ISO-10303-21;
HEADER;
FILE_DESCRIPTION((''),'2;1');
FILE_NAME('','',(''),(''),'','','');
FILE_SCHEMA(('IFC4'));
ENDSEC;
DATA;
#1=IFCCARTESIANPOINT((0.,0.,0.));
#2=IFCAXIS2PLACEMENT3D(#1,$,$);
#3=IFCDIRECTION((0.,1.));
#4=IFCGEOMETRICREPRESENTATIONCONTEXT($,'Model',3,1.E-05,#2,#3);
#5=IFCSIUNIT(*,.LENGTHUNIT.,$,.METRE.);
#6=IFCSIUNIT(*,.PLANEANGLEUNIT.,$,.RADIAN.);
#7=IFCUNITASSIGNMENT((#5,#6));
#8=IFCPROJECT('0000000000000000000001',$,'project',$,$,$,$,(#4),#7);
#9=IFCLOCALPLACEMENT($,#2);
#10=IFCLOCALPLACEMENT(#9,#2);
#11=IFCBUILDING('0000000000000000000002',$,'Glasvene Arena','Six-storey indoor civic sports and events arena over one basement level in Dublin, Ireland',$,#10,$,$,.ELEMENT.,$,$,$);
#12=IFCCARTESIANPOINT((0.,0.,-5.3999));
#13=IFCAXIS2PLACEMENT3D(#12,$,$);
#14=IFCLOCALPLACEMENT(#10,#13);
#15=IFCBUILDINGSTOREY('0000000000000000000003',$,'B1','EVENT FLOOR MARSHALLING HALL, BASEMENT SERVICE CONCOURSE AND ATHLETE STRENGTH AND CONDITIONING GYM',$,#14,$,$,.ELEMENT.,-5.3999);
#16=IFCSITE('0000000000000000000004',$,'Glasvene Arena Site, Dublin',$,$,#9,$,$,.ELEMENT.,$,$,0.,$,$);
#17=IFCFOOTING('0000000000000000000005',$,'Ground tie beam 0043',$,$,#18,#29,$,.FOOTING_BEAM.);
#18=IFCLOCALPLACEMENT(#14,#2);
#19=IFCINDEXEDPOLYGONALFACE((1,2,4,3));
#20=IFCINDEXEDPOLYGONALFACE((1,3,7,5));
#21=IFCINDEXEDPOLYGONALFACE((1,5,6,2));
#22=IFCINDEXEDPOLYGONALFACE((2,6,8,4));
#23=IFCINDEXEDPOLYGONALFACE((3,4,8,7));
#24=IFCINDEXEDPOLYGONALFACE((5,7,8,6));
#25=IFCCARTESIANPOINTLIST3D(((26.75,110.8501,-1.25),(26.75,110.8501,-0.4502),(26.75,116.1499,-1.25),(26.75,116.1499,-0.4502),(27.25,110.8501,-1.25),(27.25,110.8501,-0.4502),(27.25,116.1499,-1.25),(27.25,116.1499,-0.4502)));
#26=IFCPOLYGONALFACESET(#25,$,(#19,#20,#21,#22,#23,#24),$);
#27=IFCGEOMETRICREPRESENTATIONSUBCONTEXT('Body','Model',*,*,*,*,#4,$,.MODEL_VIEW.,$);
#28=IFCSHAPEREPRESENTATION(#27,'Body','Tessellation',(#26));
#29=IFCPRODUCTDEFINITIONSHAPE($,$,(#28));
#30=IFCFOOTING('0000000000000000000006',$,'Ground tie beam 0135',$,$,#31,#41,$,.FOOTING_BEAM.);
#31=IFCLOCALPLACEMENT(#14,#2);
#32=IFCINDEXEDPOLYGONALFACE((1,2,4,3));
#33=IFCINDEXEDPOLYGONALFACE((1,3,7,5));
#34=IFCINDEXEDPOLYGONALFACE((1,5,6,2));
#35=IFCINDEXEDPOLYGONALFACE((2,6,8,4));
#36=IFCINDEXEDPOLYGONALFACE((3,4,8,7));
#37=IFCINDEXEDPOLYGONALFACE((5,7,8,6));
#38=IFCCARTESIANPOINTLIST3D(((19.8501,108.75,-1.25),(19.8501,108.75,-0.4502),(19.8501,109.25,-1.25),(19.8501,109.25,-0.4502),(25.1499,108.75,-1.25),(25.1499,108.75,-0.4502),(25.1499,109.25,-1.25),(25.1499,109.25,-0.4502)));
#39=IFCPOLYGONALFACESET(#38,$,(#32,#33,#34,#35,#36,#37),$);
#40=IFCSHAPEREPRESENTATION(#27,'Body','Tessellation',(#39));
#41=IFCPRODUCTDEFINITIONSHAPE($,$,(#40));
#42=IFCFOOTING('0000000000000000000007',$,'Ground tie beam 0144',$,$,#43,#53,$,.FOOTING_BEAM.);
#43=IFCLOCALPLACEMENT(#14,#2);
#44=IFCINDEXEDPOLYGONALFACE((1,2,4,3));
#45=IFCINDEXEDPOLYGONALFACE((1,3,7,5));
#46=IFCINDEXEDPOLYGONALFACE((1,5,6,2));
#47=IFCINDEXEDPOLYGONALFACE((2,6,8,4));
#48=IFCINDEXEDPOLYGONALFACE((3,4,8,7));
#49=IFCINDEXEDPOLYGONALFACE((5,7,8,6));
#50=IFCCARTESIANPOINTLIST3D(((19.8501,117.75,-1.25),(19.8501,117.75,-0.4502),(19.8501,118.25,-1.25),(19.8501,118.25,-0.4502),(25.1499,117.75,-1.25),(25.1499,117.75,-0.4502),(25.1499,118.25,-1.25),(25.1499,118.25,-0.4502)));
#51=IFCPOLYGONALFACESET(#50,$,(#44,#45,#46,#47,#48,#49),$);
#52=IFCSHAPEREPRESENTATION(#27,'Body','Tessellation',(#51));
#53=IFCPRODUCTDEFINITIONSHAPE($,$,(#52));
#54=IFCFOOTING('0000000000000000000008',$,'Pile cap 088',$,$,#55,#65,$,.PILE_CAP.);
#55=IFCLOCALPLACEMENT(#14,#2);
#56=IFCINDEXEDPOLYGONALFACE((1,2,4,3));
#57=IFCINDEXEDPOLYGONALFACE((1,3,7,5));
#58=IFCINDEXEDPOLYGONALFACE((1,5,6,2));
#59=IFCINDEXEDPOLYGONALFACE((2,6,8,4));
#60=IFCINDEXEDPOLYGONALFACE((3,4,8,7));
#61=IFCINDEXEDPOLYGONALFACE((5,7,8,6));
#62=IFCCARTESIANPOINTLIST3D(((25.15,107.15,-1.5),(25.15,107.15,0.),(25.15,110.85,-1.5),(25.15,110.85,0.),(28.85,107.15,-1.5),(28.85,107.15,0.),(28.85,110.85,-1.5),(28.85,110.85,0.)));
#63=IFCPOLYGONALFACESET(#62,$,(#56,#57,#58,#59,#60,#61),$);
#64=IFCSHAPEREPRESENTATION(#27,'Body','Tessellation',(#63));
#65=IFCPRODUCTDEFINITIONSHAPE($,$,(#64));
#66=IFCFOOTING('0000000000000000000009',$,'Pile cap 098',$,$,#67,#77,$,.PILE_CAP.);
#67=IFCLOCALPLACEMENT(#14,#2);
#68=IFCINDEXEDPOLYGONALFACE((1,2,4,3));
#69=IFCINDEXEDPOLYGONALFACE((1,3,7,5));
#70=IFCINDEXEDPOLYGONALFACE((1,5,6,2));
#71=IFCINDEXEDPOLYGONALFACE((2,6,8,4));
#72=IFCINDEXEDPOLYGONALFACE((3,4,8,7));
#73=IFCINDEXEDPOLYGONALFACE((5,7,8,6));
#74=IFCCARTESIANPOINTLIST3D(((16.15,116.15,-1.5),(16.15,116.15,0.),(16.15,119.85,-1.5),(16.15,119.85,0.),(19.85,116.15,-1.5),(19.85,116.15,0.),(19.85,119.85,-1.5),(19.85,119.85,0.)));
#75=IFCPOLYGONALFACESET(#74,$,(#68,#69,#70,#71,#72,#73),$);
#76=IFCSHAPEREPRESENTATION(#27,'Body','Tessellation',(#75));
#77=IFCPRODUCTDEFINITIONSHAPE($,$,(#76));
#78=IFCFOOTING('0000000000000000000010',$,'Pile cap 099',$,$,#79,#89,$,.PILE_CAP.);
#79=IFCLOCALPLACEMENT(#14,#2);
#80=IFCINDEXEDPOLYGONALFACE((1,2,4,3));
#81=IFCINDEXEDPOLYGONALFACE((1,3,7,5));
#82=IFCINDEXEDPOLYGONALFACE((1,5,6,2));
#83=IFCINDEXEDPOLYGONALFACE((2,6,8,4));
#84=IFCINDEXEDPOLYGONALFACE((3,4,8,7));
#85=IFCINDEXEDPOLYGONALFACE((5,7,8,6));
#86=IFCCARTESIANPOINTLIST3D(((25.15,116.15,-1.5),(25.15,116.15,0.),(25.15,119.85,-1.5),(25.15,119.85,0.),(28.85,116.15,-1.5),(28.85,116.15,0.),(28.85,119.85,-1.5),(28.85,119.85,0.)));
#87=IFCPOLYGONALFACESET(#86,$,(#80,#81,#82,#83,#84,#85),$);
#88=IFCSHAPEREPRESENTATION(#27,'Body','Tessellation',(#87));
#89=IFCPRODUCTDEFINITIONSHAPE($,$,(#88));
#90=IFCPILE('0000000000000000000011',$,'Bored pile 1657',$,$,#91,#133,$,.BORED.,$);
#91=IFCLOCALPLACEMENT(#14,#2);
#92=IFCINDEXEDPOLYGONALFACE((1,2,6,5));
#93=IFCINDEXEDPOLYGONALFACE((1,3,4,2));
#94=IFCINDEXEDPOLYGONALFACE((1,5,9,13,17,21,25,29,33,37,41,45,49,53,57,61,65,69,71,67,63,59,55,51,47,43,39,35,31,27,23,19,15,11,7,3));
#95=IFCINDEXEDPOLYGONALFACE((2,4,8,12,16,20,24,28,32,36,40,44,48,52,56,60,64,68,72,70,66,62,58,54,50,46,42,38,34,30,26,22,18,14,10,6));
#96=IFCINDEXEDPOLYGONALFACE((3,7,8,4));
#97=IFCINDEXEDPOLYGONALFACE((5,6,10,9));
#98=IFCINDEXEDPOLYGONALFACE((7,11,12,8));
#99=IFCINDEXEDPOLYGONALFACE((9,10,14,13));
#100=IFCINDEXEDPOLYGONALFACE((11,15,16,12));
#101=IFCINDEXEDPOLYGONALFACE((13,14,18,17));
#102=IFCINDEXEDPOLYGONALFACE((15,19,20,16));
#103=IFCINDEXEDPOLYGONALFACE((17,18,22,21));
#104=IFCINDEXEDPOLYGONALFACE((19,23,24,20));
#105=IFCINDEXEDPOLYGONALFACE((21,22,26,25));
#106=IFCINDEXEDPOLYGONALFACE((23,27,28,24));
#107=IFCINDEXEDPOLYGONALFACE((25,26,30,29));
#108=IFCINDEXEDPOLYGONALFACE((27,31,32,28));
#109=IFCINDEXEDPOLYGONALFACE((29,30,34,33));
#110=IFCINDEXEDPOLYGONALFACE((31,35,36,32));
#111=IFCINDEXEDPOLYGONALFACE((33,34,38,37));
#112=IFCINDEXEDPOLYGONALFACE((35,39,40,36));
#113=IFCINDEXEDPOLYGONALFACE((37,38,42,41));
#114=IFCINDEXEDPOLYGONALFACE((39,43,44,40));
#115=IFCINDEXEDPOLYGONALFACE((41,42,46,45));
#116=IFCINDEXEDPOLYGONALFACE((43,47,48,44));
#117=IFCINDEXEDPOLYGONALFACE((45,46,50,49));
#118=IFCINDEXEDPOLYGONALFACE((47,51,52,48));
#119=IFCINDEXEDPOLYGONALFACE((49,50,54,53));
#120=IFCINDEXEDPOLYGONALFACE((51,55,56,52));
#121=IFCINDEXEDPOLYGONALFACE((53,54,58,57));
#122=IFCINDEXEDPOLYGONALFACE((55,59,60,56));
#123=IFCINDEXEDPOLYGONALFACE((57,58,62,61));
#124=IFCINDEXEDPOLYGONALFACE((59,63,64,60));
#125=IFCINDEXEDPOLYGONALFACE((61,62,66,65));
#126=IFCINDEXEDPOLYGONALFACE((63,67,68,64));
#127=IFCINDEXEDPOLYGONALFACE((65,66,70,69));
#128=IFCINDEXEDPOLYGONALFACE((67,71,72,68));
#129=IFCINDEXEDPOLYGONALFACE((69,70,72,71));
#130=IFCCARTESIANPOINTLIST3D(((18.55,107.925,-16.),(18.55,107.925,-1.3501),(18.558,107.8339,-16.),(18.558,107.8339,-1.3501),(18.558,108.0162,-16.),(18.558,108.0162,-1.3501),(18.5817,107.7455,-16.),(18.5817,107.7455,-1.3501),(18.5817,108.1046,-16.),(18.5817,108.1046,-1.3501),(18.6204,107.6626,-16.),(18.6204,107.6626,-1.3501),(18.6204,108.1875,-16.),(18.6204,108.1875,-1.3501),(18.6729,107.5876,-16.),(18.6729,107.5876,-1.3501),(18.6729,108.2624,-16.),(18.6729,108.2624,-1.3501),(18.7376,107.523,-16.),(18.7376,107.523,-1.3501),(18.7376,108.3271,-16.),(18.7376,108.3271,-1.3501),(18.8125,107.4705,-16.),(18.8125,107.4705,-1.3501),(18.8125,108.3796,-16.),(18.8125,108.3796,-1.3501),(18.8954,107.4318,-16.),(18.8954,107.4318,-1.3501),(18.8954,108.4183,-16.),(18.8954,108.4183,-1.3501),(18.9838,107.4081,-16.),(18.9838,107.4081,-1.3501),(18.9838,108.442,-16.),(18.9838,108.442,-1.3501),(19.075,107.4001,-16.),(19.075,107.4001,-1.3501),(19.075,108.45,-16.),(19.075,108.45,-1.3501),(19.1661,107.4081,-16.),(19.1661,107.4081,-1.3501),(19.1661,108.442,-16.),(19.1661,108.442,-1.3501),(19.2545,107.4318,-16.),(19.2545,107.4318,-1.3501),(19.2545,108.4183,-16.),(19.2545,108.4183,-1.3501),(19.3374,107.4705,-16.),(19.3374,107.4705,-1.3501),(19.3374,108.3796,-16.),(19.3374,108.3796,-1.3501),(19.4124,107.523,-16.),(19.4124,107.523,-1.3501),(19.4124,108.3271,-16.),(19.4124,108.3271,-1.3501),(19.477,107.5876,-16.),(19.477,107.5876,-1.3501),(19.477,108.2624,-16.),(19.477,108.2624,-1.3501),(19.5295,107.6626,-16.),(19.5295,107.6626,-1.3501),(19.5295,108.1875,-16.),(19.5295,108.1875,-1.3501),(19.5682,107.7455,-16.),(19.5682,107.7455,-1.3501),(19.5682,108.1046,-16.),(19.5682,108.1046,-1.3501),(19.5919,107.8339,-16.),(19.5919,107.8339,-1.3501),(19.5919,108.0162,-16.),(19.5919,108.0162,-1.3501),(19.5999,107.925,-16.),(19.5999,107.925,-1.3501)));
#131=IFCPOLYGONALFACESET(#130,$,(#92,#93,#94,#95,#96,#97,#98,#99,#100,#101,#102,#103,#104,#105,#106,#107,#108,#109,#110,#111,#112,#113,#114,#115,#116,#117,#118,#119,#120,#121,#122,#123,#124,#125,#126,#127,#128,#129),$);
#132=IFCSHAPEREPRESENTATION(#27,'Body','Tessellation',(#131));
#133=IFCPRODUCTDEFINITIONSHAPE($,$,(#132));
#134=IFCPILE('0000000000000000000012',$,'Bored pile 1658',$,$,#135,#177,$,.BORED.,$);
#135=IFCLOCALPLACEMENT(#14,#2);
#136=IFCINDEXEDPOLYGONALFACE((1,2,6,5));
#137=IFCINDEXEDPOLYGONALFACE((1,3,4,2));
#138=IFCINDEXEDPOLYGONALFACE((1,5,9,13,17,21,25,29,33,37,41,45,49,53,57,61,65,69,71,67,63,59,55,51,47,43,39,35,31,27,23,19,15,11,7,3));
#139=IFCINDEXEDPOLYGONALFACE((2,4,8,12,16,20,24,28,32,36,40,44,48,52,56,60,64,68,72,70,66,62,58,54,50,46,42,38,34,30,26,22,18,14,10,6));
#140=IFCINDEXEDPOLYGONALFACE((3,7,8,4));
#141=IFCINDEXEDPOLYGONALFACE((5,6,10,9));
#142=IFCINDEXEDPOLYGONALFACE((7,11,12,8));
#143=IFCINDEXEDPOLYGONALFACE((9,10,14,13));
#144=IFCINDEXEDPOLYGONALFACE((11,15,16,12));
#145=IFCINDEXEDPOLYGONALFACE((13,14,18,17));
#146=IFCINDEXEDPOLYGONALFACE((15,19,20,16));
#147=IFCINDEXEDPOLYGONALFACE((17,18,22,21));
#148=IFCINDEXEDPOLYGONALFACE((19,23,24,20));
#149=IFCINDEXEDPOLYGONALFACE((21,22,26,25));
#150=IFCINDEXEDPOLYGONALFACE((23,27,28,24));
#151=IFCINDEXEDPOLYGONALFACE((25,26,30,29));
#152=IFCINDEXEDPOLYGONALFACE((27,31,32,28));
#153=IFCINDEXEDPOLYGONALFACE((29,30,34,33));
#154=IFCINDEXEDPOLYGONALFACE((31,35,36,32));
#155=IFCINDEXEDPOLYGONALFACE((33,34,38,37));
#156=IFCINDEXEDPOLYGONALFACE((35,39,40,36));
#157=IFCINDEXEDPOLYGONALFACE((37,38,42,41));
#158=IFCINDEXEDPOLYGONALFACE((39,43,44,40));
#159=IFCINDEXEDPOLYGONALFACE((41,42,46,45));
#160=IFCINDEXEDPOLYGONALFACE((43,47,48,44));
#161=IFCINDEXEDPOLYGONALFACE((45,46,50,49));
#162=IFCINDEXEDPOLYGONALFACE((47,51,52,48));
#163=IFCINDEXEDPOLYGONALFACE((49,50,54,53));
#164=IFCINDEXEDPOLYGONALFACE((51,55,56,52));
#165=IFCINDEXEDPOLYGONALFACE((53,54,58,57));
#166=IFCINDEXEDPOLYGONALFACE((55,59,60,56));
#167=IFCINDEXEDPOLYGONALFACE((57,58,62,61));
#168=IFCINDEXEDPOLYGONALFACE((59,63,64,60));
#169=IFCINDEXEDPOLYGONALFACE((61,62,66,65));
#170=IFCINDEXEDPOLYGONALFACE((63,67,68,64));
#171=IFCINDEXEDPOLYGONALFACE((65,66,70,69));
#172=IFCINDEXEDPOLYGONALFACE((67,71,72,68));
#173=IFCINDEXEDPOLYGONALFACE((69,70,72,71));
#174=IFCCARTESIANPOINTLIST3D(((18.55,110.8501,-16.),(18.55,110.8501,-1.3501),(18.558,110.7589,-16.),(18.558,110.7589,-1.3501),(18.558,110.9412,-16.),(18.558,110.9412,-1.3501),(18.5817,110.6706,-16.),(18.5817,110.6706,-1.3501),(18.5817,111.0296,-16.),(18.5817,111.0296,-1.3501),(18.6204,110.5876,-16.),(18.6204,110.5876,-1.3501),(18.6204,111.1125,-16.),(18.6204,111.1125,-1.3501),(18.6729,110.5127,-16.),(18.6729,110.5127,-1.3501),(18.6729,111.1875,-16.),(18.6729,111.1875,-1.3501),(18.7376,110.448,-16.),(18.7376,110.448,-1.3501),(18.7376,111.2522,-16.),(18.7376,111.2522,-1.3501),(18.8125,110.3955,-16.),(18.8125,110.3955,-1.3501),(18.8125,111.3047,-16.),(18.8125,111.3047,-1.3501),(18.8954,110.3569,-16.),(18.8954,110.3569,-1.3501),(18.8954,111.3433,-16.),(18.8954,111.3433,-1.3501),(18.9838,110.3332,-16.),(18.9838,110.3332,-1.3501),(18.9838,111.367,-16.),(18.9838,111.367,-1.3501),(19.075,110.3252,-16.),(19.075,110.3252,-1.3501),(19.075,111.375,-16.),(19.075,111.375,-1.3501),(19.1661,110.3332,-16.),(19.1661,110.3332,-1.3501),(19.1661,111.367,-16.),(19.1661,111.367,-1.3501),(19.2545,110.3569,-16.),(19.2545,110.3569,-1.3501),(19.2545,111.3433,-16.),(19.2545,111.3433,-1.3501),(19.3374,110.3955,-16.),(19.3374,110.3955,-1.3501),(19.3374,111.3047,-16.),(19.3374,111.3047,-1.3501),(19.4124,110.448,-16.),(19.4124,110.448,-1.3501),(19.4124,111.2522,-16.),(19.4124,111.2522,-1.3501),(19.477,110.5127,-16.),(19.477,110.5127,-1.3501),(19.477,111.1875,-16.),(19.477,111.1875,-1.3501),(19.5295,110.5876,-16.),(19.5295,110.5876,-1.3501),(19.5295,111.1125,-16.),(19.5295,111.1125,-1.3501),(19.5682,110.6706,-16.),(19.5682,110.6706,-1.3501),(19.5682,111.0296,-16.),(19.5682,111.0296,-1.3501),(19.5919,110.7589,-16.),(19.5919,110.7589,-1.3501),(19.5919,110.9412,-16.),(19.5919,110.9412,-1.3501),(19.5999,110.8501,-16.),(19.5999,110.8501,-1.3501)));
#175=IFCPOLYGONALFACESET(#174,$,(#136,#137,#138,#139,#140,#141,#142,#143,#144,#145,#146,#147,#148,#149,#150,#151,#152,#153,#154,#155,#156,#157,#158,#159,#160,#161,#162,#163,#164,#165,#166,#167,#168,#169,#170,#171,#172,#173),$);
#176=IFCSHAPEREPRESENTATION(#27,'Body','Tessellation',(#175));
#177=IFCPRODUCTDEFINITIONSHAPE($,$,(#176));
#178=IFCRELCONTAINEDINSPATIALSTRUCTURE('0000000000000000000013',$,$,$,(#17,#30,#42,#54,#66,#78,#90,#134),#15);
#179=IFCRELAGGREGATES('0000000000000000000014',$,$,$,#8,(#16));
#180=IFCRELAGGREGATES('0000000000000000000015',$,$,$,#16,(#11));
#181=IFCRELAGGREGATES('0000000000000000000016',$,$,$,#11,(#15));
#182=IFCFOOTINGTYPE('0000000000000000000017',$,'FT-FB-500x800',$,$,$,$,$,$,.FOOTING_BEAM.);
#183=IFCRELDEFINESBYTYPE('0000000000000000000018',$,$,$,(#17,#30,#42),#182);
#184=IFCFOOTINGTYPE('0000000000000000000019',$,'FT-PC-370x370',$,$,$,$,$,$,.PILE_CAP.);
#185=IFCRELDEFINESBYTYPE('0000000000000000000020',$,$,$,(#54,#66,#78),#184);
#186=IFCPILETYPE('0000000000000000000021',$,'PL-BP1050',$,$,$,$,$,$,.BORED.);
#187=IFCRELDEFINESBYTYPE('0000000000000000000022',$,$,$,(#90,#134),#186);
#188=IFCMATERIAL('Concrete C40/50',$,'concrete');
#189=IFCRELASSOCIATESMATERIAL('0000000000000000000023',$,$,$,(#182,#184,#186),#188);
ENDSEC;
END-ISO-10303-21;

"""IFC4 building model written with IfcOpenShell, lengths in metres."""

from ifc_helpers import new_model, si_unit, direction, frame, origin, origin_2d, place, context, subcontext, project, spatial, polyline, rectangle, circle, outline, extrude, material, material_profile, profile_set, type_object, element, save


model = new_model("IFC4")

# Units and contexts
model_context = context("Model", 3, precision=1e-05, world=origin(), true_north=direction((0.0, 1.0)))
body_context = subcontext(model_context, "Body", "Model", "MODEL_VIEW")
ifc_project = project(units=[si_unit("LENGTHUNIT", "METRE"), si_unit("PLANEANGLEUNIT", "RADIAN")], contexts=[model_context])

# Site, building, storey
site_placement = place(None, origin())
site = spatial("IfcSite", under=ifc_project, at=site_placement, Name="Glasvene Arena Site, Dublin", CompositionType="ELEMENT", RefElevation=0.0)
building_placement = place(site_placement, origin())
building = spatial("IfcBuilding", under=site, at=building_placement, Name="Glasvene Arena", Description="Six-storey indoor civic sports and events arena over one basement level in Dublin, Ireland", CompositionType="ELEMENT")
storey_placement = place(building_placement, frame((0.0, 0.0, -5.3999)))
storey = spatial("IfcBuildingStorey", under=building, at=storey_placement, Name="B1", Description="EVENT FLOOR MARSHALLING HALL, BASEMENT SERVICE CONCOURSE AND ATHLETE STRENGTH AND CONDITIONING GYM", CompositionType="ELEMENT", Elevation=-5.3999)

# Footings
ifc_material_1 = material(Name="Concrete C40/50", Category="concrete")
footing_type_1 = type_object("IfcFootingType", Name="FT-FB-500x800", PredefinedType="FOOTING_BEAM", material=ifc_material_1)
footing_placement = place(storey_placement, frame((27.0, 113.5, -1.25)))
element("IfcFooting", 1, at=footing_placement, inside=storey, type_object=footing_type_1, Name="Ground tie beam 0043", PredefinedType="FOOTING_BEAM", context=body_context, shape_type="SweptSolid", body=[
    extrude(outline(polyline([(-0.25, -2.6499), (0.25, -2.6499), (0.25, 2.6499), (-0.25, 2.6499), (-0.25, -2.6499)])), origin(), (0.0, 0.0, 1.0), 0.7998),
])
for number, where, name in (
    (2, (22.5, 109.0, -1.25), "Ground tie beam 0135"),
    (3, (22.5, 118.0, -1.25), "Ground tie beam 0144"),
):
    element("IfcFooting", number, at=place(storey_placement, frame(where)), inside=storey, type_object=footing_type_1, Name=name, PredefinedType="FOOTING_BEAM", context=body_context, shape_type="SweptSolid", body=[
        extrude(outline(polyline([(-2.6499, -0.25), (2.6499, -0.25), (2.6499, 0.25), (-2.6499, 0.25), (-2.6499, -0.25)])), origin(), (0.0, 0.0, 1.0), 0.7998),
    ])
footing_type_2 = type_object("IfcFootingType", Name="FT-PC-370x370", PredefinedType="PILE_CAP", material=ifc_material_1)
for number, where, z_axis, x_axis, name in (
    (4, (27.0, 109.0, -1.5), (0.0, 0.0, 1.0), (1.0, 0.0, 0.0), "Pile cap 088"),
    (5, (18.0, 118.0, -1.5), (0.0, 0.0, 1.0), (1.0, 0.0, 0.0), "Pile cap 098"),
    (6, (27.0, 118.0, -1.5), (0.0, 0.0, 1.0), (1.0, 0.0, 0.0), "Pile cap 099"),
):
    element("IfcFooting", number, at=place(storey_placement, frame(where, z_axis=z_axis, x_axis=x_axis)), inside=storey, type_object=footing_type_2, Name=name, PredefinedType="PILE_CAP", context=body_context, shape_type="SweptSolid", body=[
        extrude(rectangle(XDim=3.7, YDim=3.7, at=origin_2d()), origin(), (0.0, 0.0, 1.0), 1.5),
    ])

# Piles
ifc_material_profile_1 = material_profile(ifc_material_1, circle(Radius=0.5249, at=origin_2d()), Name="BORED PILE 1050")
ifc_profile_set_1 = profile_set([ifc_material_profile_1], Name="Concrete C40/50")
pile_type_1 = type_object("IfcPileType", Name="PL-BP1050", PredefinedType="BORED", material=ifc_profile_set_1)
for number, where, z_axis, x_axis, name in (
    (7, (19.075, 107.925, -1.3501), (0.0, 0.0, -1.0), (1.0, 0.0, 0.0), "Bored pile 1657"),
    (8, (19.075, 110.8501, -1.3501), (0.0, 0.0, -1.0), (1.0, 0.0, 0.0), "Bored pile 1658"),
):
    element("IfcPile", number, at=place(storey_placement, frame(where, z_axis=z_axis, x_axis=x_axis)), inside=storey, type_object=pile_type_1, Name=name, PredefinedType="BORED", context=body_context, shape_type="SweptSolid", body=[
        extrude(circle(Radius=0.5249, at=origin_2d()), origin(), (0.0, 0.0, 1.0), 14.6499),
    ])

save(model, "model.ifc")
